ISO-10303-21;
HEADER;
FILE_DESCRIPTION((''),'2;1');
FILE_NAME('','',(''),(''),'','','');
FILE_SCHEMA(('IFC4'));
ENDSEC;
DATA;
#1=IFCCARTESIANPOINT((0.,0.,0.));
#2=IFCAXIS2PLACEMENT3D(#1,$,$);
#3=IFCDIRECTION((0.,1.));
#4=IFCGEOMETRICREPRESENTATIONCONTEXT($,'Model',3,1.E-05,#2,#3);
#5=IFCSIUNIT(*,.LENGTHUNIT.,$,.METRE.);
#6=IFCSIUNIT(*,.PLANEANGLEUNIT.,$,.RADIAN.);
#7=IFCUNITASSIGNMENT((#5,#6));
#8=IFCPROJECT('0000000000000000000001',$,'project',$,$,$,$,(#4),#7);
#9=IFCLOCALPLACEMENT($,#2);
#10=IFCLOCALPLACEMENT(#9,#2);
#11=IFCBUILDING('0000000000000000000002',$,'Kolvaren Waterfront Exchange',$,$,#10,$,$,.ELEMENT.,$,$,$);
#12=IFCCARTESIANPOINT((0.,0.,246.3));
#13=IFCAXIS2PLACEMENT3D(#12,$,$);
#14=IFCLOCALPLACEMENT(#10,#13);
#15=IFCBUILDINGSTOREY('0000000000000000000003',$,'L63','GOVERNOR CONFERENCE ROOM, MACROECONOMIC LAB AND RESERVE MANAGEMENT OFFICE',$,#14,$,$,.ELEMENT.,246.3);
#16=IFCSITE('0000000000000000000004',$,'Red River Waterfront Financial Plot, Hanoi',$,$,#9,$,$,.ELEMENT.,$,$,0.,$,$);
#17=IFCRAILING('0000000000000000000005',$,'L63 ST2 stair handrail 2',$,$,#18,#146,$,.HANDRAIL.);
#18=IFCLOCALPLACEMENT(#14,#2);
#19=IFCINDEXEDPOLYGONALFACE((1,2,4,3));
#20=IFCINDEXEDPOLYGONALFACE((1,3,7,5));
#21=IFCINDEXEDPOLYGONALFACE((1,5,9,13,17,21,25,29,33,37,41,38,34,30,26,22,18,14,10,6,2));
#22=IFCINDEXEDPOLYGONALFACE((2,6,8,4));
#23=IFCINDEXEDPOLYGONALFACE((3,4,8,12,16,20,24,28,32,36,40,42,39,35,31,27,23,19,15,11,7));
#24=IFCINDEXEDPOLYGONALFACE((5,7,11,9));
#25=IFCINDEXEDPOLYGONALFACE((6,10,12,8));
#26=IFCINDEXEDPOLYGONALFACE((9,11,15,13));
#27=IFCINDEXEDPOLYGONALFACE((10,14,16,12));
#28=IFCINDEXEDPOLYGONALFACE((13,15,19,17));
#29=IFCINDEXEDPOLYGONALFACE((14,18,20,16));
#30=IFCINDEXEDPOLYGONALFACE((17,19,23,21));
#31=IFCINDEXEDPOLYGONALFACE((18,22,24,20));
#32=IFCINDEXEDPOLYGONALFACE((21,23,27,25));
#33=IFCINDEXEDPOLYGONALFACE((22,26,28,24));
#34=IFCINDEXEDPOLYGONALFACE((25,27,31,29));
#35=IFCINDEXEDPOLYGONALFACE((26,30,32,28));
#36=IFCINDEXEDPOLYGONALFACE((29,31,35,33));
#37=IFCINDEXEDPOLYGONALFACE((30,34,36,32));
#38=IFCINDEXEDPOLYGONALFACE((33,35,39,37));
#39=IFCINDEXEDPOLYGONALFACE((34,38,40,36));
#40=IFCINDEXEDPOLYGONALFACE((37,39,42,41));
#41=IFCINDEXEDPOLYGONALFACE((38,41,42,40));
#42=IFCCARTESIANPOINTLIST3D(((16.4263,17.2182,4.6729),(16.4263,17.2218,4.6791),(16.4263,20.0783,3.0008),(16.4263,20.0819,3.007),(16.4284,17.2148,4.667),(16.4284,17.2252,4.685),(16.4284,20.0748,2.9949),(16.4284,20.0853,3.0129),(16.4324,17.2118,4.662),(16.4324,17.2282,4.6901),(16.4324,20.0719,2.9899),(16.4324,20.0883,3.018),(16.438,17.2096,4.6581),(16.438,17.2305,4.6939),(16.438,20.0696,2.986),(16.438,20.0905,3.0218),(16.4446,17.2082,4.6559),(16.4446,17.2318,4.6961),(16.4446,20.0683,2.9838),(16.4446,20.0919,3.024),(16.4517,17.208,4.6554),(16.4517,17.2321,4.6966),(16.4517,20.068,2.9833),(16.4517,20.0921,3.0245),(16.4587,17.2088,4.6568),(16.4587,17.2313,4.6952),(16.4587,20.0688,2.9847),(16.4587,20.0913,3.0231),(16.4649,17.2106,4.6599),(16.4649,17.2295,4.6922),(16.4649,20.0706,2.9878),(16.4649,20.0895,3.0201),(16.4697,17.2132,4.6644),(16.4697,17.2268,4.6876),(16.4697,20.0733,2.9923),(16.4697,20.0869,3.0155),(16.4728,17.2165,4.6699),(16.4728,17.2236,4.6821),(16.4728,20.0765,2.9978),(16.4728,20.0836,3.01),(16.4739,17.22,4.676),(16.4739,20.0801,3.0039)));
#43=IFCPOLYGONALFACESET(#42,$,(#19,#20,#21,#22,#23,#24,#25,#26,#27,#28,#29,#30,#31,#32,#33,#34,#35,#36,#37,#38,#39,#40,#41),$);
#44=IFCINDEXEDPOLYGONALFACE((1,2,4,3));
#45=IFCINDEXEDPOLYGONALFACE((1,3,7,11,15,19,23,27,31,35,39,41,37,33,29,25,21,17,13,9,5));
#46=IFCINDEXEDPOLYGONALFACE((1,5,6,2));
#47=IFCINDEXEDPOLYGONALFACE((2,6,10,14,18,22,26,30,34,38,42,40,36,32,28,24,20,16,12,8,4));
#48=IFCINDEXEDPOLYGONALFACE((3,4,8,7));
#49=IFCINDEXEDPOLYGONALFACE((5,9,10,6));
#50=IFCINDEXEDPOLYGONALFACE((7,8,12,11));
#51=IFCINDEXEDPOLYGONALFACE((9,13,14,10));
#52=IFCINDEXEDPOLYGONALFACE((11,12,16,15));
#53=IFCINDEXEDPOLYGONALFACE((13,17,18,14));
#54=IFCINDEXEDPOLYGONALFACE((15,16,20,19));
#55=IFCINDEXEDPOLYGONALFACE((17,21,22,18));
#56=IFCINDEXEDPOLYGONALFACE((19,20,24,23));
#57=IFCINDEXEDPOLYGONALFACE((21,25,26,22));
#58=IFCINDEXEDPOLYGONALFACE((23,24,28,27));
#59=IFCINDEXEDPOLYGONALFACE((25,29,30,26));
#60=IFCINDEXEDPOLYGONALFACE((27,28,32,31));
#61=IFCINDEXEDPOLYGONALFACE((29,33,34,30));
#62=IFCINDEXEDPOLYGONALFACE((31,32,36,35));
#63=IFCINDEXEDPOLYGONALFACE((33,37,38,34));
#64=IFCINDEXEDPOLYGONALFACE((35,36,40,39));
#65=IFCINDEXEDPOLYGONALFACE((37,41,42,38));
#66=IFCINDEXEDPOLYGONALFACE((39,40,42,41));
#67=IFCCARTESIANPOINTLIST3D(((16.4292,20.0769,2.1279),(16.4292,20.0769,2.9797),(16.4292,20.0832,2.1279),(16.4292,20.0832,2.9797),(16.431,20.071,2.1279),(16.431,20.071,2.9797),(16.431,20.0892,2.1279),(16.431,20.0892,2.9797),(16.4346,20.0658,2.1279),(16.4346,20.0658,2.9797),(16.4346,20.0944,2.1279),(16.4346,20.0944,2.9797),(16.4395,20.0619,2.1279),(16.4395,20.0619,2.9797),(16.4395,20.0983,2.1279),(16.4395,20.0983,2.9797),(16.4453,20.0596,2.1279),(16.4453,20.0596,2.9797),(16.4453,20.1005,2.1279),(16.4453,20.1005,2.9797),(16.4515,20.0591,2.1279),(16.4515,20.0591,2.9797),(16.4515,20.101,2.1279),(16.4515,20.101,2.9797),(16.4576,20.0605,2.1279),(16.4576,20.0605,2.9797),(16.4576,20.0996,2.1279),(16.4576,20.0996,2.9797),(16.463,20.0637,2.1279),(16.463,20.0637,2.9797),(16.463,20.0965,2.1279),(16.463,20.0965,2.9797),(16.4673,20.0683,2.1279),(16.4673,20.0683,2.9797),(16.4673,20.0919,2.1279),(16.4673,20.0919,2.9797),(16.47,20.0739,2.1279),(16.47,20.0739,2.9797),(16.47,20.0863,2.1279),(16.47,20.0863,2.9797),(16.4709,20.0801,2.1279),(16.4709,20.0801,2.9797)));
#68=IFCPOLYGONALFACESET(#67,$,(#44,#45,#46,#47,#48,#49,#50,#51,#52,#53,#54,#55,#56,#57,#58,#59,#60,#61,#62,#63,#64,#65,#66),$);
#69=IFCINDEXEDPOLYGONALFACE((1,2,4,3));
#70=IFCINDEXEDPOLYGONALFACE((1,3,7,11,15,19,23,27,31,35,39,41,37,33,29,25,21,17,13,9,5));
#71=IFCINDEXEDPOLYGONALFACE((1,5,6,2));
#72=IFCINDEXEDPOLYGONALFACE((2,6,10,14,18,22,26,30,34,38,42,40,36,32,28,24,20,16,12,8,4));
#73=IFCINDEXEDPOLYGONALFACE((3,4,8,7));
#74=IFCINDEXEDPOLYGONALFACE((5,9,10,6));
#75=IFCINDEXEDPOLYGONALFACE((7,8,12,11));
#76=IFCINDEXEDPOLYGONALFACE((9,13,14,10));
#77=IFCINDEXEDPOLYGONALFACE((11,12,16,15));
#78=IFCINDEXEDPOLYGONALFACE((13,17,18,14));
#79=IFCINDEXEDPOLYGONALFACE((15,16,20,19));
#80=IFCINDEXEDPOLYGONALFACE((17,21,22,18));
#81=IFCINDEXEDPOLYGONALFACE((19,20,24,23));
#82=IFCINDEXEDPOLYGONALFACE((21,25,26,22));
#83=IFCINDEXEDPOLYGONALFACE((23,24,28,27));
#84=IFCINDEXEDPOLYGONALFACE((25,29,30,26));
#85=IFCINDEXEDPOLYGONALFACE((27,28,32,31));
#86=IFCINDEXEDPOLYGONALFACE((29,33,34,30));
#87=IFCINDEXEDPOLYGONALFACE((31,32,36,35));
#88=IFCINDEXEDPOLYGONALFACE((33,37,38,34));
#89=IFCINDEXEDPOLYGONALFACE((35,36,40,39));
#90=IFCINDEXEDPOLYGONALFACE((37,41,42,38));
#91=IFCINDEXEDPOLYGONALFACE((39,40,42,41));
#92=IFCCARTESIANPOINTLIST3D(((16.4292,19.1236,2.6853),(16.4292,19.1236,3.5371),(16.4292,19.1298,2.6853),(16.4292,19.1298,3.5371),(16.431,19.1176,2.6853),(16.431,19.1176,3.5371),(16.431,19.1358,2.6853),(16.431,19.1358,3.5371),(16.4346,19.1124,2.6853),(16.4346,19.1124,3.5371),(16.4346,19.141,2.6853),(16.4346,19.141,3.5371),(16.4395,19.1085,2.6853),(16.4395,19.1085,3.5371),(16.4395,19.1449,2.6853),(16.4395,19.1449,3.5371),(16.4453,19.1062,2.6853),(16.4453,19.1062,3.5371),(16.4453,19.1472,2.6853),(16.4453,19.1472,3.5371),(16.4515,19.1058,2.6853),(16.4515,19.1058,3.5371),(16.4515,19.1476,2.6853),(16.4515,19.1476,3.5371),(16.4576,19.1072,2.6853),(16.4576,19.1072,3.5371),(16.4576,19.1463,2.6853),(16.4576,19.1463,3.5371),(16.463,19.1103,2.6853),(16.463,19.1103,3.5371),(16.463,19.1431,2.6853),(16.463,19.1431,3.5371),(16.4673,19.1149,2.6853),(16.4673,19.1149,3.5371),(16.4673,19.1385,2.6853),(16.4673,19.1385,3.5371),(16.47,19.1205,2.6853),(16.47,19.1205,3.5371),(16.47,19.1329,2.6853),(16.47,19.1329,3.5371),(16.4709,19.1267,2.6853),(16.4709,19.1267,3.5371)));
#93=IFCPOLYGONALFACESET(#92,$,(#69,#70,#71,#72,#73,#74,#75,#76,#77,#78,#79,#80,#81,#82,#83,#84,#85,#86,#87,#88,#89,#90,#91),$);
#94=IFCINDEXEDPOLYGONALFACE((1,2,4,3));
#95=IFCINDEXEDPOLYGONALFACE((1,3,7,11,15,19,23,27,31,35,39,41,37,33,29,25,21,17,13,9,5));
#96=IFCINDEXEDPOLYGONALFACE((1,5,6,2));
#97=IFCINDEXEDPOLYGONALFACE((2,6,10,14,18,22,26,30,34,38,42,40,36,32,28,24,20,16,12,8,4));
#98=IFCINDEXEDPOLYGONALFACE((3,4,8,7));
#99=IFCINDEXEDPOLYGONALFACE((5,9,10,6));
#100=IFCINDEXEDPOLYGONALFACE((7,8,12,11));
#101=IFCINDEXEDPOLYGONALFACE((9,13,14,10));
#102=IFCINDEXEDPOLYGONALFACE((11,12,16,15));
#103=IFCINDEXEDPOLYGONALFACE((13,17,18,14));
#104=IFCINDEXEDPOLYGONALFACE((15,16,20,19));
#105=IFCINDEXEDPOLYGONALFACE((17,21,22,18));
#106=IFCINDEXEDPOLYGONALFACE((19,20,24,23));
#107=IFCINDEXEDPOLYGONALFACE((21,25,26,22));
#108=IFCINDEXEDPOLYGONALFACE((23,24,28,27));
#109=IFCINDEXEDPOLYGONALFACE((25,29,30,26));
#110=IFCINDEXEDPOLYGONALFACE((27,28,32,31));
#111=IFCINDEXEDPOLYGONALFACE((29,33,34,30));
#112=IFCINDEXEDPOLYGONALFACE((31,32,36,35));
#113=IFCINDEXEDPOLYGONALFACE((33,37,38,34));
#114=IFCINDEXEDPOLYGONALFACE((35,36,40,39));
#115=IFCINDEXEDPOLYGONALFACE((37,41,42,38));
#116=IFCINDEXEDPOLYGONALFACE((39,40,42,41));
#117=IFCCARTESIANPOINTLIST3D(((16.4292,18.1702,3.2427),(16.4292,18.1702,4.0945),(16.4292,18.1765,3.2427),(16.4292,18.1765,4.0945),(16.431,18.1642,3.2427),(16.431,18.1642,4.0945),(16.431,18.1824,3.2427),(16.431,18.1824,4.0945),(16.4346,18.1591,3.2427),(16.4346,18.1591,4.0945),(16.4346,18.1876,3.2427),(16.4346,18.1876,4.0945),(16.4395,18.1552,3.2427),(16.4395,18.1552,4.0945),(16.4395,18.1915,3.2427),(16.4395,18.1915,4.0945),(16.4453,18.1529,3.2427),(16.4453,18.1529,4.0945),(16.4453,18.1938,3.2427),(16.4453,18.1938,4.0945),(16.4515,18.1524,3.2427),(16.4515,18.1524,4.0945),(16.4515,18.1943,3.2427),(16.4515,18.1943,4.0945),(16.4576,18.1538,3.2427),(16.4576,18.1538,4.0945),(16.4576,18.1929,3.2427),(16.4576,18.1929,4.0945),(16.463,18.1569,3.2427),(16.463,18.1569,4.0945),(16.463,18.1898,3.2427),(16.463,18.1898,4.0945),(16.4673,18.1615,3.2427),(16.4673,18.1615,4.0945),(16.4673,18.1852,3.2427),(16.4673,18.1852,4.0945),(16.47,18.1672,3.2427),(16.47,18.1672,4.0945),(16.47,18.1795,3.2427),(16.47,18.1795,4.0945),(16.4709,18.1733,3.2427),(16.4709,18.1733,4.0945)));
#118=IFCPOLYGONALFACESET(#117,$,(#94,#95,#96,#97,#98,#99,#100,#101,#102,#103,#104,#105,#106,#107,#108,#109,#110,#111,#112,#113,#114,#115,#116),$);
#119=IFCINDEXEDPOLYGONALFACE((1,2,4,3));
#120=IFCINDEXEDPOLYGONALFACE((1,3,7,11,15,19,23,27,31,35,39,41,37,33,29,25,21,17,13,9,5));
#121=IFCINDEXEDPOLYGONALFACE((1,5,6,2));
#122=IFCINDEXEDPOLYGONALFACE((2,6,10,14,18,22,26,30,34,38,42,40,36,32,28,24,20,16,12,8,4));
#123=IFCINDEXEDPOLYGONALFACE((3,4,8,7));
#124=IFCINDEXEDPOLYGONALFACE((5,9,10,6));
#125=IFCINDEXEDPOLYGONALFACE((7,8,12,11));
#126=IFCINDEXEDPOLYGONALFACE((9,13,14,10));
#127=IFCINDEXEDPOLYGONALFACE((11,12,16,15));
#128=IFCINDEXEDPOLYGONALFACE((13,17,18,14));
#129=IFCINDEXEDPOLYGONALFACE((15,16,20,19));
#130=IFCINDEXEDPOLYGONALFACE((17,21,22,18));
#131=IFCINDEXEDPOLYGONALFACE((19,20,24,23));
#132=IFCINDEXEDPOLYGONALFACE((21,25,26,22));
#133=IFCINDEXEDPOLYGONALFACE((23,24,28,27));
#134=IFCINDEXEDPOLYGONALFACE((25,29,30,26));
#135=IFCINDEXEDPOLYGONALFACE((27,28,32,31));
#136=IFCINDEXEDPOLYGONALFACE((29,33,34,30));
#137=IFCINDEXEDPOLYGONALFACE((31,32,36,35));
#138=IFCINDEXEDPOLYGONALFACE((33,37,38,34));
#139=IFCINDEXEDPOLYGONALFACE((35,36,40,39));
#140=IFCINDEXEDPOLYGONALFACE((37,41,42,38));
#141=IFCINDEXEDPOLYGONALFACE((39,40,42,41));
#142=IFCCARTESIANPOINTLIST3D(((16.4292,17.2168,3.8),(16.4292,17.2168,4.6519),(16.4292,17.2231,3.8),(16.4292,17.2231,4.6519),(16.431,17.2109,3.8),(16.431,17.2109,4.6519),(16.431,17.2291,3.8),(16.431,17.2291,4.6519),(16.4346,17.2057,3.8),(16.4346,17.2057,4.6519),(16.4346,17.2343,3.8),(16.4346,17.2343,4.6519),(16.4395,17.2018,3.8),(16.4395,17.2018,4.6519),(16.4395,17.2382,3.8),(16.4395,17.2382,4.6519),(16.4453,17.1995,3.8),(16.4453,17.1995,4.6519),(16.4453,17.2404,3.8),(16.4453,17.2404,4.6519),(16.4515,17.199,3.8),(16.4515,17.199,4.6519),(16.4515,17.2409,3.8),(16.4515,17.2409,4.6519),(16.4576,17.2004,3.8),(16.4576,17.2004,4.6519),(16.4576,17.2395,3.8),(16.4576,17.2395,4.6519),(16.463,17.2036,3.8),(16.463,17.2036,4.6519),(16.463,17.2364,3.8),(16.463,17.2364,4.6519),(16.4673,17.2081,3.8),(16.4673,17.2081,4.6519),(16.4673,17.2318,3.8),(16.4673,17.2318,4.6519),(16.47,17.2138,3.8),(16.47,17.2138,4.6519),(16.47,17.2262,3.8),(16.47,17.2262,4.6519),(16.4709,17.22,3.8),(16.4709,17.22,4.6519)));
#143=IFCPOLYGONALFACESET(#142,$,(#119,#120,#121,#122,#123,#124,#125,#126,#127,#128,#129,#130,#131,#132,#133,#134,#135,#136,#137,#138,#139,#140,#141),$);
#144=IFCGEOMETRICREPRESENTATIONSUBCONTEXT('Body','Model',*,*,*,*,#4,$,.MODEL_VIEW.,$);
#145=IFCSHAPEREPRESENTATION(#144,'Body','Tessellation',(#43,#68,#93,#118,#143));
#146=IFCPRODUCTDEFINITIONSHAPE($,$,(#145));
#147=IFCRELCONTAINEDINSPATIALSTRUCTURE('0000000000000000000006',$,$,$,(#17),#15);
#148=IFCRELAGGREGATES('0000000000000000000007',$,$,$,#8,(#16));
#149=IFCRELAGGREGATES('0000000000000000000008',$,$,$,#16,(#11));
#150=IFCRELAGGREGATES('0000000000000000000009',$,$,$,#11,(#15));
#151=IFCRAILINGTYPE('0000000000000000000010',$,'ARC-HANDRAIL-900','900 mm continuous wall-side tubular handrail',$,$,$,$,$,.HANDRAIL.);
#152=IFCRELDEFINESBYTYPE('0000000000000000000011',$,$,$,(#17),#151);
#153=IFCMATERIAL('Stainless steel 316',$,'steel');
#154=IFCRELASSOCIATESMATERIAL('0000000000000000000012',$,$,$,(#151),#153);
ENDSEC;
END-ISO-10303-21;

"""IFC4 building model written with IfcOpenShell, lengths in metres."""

from ifc_helpers import new_model, si_unit, direction, frame, origin, origin_2d, place, context, subcontext, project, spatial, circle, extrude, material, type_object, element, save


model = new_model("IFC4")

# Units and contexts
model_context = context("Model", 3, precision=1e-05, world=origin(), true_north=direction((0.0, 1.0)))
body_context = subcontext(model_context, "Body", "Model", "MODEL_VIEW")
ifc_project = project(units=[si_unit("LENGTHUNIT", "METRE"), si_unit("PLANEANGLEUNIT", "RADIAN")], contexts=[model_context])

# Site, building, storey
site_placement = place(None, origin())
site = spatial("IfcSite", under=ifc_project, at=site_placement, Name="Red River Waterfront Financial Plot, Hanoi", CompositionType="ELEMENT", RefElevation=0.0)
building_placement = place(site_placement, origin())
building = spatial("IfcBuilding", under=site, at=building_placement, Name="Kolvaren Waterfront Exchange", CompositionType="ELEMENT")
storey_placement = place(building_placement, frame((0.0, 0.0, 246.3)))
storey = spatial("IfcBuildingStorey", under=building, at=storey_placement, Name="L63", Description="GOVERNOR CONFERENCE ROOM, MACROECONOMIC LAB AND RESERVE MANAGEMENT OFFICE", CompositionType="ELEMENT", Elevation=246.3)

# Railing
ifc_material_1 = material(Name="Stainless steel 316", Category="steel")
railing_type_1 = type_object("IfcRailingType", Name="ARC-HANDRAIL-900", Description="900 mm continuous wall-side tubular handrail", PredefinedType="HANDRAIL", material=ifc_material_1)
railing_1_placement = place(storey_placement, frame((16.45, 20.0801, 2.1279)))
element("IfcRailing", 1, at=railing_1_placement, inside=storey, type_object=railing_type_1, Name="L63 ST2 stair handrail 2", PredefinedType="HANDRAIL", context=body_context, shape_type="SweptSolid", body=[
    extrude(circle(Radius=0.0239, at=origin_2d()), frame((0.0, 0.0, 0.876), z_axis=(0.0, -0.863289, 0.504709), x_axis=(1.0, 0.0, 0.0)), (0.0, 0.0, 1.0), 3.313),
    extrude(circle(Radius=0.021, at=origin_2d()), origin(), (0.0, 0.0, 1.0), 0.8518),
    extrude(circle(Radius=0.021, at=origin_2d()), frame((0.0, -0.9534, 0.5574)), (0.0, 0.0, 1.0), 0.8518),
    extrude(circle(Radius=0.021, at=origin_2d()), frame((0.0, -1.9067, 1.1147)), (0.0, 0.0, 1.0), 0.8518),
    extrude(circle(Radius=0.021, at=origin_2d()), frame((0.0, -2.8601, 1.6721)), (0.0, 0.0, 1.0), 0.8518),
])

save(model, "model.ifc")
